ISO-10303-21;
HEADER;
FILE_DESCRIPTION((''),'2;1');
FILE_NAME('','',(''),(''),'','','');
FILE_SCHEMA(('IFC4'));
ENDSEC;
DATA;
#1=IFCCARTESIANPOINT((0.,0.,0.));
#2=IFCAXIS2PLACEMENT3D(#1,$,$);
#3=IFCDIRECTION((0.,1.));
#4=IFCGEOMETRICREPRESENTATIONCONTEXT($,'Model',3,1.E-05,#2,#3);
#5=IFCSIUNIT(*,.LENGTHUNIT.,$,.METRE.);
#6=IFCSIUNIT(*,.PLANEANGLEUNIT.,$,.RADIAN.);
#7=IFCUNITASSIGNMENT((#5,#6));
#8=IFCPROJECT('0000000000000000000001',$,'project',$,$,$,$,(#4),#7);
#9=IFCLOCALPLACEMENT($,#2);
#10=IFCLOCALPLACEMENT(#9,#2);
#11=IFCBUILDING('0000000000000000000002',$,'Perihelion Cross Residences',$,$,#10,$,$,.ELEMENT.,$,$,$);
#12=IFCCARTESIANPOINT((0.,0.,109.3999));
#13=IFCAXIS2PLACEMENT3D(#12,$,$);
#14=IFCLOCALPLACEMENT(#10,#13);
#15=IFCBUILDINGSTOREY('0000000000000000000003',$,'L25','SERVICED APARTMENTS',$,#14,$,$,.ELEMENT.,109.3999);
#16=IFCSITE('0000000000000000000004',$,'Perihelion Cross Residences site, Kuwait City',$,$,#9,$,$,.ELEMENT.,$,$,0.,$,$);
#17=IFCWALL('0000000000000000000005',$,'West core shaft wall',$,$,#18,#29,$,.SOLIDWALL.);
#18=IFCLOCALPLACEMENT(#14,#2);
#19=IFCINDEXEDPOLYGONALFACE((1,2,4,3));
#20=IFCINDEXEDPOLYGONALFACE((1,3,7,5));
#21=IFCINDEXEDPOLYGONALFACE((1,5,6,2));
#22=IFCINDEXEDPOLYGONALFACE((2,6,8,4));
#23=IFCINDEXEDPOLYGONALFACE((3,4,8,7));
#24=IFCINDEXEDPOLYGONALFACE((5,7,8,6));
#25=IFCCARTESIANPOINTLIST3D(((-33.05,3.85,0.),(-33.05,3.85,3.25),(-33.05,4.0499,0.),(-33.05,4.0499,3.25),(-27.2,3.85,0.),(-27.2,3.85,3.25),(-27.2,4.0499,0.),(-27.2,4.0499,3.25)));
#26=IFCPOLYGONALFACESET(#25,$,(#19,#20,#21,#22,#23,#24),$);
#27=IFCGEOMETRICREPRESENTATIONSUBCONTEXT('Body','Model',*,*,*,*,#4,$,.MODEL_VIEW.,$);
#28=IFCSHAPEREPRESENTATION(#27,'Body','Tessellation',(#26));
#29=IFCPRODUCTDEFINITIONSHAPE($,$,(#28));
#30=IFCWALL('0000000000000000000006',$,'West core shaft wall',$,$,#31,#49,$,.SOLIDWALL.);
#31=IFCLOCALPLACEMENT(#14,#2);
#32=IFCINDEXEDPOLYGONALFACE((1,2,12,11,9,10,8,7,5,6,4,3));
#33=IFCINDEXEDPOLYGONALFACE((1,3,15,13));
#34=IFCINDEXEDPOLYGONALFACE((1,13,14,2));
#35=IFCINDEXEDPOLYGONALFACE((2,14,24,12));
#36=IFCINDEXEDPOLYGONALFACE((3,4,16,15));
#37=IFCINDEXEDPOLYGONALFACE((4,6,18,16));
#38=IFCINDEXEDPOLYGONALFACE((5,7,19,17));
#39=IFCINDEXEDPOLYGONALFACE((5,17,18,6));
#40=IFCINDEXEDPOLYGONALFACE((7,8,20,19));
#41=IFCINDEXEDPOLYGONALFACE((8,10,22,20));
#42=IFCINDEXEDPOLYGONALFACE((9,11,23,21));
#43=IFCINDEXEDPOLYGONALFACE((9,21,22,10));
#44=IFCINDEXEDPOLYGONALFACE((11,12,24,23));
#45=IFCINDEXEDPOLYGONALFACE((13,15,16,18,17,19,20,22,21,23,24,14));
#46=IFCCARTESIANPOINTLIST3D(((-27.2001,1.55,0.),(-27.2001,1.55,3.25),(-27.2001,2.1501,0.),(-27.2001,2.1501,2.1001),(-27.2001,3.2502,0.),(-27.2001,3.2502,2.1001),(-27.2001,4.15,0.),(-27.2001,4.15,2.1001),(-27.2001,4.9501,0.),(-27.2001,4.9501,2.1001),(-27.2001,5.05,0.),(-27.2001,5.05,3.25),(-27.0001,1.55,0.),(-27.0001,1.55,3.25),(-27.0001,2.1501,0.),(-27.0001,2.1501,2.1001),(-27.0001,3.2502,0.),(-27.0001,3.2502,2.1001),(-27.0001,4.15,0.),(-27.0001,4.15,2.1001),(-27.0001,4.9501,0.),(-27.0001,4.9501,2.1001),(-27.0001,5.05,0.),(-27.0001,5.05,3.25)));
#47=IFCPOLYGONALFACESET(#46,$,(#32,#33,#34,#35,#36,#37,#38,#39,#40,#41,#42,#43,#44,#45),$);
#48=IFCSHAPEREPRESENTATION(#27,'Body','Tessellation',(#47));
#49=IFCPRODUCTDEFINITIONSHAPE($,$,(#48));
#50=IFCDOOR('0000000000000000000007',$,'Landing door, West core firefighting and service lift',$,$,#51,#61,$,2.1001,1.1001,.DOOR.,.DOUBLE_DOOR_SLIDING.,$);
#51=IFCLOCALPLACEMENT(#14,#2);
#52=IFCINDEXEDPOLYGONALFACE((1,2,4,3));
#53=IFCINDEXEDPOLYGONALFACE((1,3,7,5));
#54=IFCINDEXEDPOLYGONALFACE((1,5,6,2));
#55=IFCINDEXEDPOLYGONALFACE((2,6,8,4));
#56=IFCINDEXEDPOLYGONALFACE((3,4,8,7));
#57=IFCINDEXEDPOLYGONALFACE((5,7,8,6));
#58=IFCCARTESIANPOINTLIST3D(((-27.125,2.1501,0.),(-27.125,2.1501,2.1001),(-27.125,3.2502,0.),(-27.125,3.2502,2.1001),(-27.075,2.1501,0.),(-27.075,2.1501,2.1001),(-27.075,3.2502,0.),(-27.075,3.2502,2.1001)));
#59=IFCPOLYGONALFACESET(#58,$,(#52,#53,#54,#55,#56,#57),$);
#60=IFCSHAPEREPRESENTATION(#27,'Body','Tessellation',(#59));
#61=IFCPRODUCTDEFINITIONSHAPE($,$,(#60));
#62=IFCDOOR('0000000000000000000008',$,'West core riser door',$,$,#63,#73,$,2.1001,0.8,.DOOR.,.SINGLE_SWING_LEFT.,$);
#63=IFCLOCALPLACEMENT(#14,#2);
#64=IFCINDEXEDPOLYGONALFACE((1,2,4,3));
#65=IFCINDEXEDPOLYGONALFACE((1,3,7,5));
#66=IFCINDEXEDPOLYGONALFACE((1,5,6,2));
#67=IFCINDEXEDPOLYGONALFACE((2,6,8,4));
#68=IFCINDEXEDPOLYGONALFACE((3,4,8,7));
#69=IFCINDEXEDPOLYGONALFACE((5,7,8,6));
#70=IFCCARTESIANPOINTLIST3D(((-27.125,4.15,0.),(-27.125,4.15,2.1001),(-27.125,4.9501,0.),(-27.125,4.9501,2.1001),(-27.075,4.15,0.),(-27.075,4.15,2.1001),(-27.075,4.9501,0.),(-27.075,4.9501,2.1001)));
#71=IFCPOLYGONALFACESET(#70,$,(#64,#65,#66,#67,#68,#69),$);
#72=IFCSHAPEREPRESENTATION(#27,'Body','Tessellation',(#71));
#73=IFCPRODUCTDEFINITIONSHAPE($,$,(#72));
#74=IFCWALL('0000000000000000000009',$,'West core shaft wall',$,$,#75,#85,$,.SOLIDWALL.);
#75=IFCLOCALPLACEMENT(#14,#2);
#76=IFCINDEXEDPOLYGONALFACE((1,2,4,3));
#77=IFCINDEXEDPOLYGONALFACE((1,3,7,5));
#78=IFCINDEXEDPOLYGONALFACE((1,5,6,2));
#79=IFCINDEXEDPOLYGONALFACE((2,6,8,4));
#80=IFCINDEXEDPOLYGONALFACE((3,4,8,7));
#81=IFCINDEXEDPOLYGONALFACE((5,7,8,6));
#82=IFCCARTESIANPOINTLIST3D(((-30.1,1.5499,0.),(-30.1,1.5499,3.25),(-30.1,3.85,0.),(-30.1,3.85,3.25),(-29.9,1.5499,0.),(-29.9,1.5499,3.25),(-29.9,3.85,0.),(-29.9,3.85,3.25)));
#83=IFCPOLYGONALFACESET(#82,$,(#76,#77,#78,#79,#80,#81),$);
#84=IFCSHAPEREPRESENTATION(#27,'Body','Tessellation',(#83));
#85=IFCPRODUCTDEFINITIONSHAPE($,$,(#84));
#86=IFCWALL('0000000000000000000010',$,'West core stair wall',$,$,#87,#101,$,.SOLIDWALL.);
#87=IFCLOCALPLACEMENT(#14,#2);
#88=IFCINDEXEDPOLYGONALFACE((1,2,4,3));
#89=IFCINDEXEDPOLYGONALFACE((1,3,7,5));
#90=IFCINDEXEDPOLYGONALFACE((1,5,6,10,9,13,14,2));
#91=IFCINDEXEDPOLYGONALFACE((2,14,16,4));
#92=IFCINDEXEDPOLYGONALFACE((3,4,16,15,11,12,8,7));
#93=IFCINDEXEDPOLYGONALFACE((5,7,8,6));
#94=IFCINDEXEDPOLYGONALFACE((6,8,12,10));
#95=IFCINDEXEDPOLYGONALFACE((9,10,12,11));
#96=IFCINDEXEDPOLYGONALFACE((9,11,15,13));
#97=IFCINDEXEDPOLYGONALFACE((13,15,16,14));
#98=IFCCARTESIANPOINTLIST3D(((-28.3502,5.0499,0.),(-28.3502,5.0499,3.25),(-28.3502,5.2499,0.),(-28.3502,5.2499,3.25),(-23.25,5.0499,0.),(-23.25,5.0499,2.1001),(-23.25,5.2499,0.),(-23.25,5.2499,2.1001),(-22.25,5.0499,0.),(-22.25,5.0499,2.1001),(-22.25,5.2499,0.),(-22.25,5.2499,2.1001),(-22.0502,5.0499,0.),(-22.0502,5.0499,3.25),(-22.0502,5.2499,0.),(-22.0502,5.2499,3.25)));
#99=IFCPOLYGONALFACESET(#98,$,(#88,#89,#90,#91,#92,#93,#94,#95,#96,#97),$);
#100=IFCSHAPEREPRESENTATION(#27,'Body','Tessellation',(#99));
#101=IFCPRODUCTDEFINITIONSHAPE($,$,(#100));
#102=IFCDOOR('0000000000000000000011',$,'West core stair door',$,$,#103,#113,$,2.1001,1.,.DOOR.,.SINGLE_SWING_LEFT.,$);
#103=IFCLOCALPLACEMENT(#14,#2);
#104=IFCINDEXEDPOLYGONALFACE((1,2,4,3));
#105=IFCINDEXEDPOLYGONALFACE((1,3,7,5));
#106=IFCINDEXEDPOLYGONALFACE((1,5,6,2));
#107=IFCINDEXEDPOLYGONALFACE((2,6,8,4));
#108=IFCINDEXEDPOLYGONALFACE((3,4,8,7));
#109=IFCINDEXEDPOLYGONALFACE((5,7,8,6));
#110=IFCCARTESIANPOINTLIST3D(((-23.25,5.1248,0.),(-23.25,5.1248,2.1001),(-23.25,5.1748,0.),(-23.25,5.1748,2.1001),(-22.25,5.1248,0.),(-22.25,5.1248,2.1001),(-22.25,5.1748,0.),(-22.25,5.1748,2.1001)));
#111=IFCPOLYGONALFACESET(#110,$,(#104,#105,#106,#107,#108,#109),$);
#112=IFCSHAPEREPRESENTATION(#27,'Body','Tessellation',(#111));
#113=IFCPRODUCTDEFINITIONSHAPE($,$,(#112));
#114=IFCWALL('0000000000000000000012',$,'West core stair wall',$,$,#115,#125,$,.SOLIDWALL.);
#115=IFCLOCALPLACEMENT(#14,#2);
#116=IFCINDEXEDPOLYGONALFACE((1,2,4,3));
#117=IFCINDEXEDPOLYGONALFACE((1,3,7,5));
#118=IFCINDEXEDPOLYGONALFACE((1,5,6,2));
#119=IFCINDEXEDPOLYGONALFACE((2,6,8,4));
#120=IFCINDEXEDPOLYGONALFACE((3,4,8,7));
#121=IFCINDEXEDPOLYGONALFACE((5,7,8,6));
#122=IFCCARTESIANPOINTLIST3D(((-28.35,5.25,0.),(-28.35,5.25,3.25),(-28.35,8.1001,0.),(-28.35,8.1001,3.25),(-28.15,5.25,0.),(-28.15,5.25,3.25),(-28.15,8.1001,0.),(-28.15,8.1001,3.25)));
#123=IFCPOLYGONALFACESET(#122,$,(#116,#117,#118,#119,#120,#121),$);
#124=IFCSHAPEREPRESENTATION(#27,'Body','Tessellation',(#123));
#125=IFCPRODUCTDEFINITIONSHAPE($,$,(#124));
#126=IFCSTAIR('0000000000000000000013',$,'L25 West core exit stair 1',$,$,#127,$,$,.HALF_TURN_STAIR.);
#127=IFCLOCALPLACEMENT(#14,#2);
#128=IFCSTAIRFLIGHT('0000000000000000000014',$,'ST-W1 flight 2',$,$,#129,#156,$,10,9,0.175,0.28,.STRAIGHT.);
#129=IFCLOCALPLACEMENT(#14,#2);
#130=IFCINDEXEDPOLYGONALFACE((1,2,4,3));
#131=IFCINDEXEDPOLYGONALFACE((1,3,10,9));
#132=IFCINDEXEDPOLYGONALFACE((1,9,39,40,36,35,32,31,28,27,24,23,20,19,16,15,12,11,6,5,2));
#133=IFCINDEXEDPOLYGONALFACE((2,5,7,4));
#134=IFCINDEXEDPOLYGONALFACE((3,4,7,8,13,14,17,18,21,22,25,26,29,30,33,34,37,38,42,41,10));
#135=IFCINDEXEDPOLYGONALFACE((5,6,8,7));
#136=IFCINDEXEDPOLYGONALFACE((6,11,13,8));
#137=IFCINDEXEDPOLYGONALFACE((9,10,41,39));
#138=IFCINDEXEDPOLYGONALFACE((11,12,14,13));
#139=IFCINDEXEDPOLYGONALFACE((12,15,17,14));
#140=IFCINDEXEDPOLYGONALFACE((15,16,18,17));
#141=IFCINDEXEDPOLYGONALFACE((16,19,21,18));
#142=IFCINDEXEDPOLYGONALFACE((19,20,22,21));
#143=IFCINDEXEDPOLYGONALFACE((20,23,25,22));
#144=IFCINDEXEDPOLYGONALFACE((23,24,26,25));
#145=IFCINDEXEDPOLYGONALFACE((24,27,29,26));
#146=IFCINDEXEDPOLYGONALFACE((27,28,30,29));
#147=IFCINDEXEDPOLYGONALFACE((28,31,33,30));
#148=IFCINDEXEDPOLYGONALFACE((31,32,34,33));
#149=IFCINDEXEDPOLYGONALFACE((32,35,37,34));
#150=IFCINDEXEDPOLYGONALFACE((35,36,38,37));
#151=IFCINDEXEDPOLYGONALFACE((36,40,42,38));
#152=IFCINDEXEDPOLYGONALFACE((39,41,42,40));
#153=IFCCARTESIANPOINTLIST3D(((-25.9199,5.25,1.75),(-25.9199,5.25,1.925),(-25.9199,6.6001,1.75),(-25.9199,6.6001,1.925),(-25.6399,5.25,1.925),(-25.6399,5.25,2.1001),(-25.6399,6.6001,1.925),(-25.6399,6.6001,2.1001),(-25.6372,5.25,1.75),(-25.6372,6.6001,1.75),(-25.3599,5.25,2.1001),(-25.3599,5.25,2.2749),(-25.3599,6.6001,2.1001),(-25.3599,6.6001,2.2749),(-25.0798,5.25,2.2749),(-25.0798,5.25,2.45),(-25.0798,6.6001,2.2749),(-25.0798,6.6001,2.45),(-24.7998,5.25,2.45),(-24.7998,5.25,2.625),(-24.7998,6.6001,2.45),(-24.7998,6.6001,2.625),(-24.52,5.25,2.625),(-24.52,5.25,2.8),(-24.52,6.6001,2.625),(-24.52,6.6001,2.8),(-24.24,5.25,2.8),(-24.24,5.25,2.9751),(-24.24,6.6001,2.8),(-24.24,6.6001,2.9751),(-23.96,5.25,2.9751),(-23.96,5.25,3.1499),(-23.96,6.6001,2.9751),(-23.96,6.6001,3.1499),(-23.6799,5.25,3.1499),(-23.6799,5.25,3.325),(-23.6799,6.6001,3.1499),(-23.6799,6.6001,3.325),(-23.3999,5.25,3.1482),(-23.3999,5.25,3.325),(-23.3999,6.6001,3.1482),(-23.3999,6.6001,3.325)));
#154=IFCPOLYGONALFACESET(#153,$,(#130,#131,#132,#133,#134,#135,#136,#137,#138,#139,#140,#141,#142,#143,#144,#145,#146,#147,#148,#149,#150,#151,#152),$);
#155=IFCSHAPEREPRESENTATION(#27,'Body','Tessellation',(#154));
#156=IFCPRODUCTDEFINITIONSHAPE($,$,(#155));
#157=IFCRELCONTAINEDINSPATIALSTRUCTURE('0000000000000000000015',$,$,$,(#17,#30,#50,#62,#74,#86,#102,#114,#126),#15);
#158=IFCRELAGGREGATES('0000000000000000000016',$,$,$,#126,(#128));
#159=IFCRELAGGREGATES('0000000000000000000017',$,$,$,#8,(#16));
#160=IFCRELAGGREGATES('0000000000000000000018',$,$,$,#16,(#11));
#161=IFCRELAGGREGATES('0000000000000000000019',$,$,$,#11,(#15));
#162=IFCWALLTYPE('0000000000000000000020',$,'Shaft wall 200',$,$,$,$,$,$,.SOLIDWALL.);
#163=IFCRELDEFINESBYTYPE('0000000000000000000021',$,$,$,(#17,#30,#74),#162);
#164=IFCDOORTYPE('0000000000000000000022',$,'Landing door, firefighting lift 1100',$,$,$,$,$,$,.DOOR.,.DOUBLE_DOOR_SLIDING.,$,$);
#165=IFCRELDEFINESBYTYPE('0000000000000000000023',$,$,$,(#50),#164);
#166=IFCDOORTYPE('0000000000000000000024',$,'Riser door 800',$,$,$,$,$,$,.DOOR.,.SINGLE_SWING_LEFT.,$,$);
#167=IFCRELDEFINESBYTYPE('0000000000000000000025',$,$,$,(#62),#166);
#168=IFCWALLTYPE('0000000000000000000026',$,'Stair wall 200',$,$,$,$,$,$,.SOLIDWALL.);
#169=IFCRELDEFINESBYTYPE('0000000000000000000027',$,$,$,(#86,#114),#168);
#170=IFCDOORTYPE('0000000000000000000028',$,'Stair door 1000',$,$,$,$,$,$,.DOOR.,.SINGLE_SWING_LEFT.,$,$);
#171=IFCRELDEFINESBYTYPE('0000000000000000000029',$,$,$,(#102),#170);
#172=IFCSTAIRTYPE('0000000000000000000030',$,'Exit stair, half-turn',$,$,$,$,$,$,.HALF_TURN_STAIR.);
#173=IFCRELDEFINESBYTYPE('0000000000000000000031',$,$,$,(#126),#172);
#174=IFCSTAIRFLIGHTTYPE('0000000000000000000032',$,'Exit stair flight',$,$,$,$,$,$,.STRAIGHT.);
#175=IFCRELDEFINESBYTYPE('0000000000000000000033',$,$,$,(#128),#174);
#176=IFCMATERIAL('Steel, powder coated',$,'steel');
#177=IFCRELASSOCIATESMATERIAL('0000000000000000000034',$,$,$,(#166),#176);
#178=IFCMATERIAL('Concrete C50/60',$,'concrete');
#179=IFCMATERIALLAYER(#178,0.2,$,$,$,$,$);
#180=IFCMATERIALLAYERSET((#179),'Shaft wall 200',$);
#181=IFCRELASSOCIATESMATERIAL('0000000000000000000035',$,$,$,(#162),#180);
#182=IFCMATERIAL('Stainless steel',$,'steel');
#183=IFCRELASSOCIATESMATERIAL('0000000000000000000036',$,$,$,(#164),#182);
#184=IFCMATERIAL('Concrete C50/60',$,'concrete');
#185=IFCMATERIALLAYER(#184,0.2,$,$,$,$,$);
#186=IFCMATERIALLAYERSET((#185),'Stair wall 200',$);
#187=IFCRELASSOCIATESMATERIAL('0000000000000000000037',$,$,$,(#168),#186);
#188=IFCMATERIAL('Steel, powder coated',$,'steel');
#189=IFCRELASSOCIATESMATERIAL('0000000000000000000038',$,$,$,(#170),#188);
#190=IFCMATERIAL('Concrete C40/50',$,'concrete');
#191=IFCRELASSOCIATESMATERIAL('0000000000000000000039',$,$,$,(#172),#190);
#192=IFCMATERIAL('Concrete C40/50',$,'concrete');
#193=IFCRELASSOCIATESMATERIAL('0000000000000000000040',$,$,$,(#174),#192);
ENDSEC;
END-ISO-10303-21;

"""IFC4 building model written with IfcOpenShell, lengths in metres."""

from ifc_helpers import new_model, si_unit, direction, frame, frame_2d, origin, place, context, subcontext, project, spatial, polyline, rectangle, outline, extrude, material, layer, layer_set, type_object, element, fill, aggregate, save


model = new_model("IFC4")

# Units and contexts
model_context = context("Model", 3, precision=1e-05, world=origin(), true_north=direction((0.0, 1.0)))
body_context = subcontext(model_context, "Body", "Model", "MODEL_VIEW")
ifc_project = project(units=[si_unit("LENGTHUNIT", "METRE"), si_unit("PLANEANGLEUNIT", "RADIAN")], contexts=[model_context])

# Site, building, storey
site_placement = place(None, origin())
site = spatial("IfcSite", under=ifc_project, at=site_placement, Name="Perihelion Cross Residences site, Kuwait City", CompositionType="ELEMENT", RefElevation=0.0)
building_placement = place(site_placement, origin())
building = spatial("IfcBuilding", under=site, at=building_placement, Name="Perihelion Cross Residences", CompositionType="ELEMENT")
storey_placement = place(building_placement, frame((0.0, 0.0, 109.3999)))
storey = spatial("IfcBuildingStorey", under=building, at=storey_placement, Name="L25", Description="SERVICED APARTMENTS", CompositionType="ELEMENT", Elevation=109.3999)

# Shared definitions
ifc_material_1 = material(Name="Steel, powder coated", Category="steel")
door_type_1 = type_object("IfcDoorType", Name="Riser door 800", OperationType="SINGLE_SWING_LEFT", PredefinedType="DOOR", material=ifc_material_1)

# Shared definitions
ifc_material_2 = material(Name="Concrete C50/60", Category="concrete")
ifc_layer_1 = layer(ifc_material_2, 0.2)
ifc_layer_set_1 = layer_set([ifc_layer_1], Name="Shaft wall 200")
wall_type_1 = type_object("IfcWallType", Name="Shaft wall 200", PredefinedType="SOLIDWALL", material=ifc_layer_set_1)

# Wall
wall_1_placement = place(storey_placement, frame((-33.05, 3.95, 0.0), z_axis=(0.0, 0.0, 1.0), x_axis=(1.0, 0.0, 0.0)))
element("IfcWall", 1, at=wall_1_placement, inside=storey, type_object=wall_type_1, Name="West core shaft wall", PredefinedType="SOLIDWALL", context=body_context, shape_type="SweptSolid", body=[
    extrude(rectangle(XDim=5.8501, YDim=0.2, at=frame_2d((2.925, 0.0))), origin(), (0.0, 0.0, 1.0), 3.25),
])

# Wall, openings, doors
wall_2_placement = place(storey_placement, frame((-27.1001, 1.55, 0.0), z_axis=(0.0, 0.0, 1.0), x_axis=(0.0, 1.0, 0.0)))
wall_2 = element("IfcWall", 2, at=wall_2_placement, inside=storey, type_object=wall_type_1, Name="West core shaft wall", PredefinedType="SOLIDWALL", context=body_context, shape_type="SweptSolid", body=[
    extrude(rectangle(XDim=3.5, YDim=0.2, at=frame_2d((1.75, 0.0))), origin(), (0.0, 0.0, 1.0), 3.25),
])
opening_1_placement = place(wall_2_placement, frame((0.6001, 0.0, 0.0)))
opening_1 = element("IfcOpeningElement", 3, at=opening_1_placement, cuts=wall_2, PredefinedType="OPENING", context=body_context, shape_type="SweptSolid", body=[
    extrude(rectangle(XDim=1.1001, YDim=2.1001, at=frame_2d((0.55, 1.05))), frame((0.0, 0.1099, 0.0), z_axis=(0.0, -1.0, 0.0), x_axis=(1.0, 0.0, 0.0)), (0.0, 0.0, 1.0), 0.22),
])
opening_2_placement = place(wall_2_placement, frame((2.6001, 0.0, 0.0)))
opening_2 = element("IfcOpeningElement", 4, at=opening_2_placement, cuts=wall_2, PredefinedType="OPENING", context=body_context, shape_type="SweptSolid", body=[
    extrude(rectangle(XDim=0.8, YDim=2.1001, at=frame_2d((0.3999, 1.05))), frame((0.0, 0.1099, 0.0), z_axis=(0.0, -1.0, 0.0), x_axis=(1.0, 0.0, 0.0)), (0.0, 0.0, 1.0), 0.22),
])
ifc_material_3 = material(Name="Stainless steel", Category="steel")
door_type_2 = type_object("IfcDoorType", Name="Landing door, firefighting lift 1100", OperationType="DOUBLE_DOOR_SLIDING", PredefinedType="DOOR", material=ifc_material_3)
door_1_placement = place(opening_1_placement, origin())
door_1 = element("IfcDoor", 5, at=door_1_placement, inside=storey, type_object=door_type_2, Name="Landing door, West core firefighting and service lift", OperationType="DOUBLE_DOOR_SLIDING", OverallHeight=2.1001, OverallWidth=1.1001, PredefinedType="DOOR", context=body_context, shape_type="SweptSolid", body=[
    extrude(rectangle(XDim=1.1001, YDim=2.1001, at=frame_2d((0.55, 1.05))), frame((0.0, 0.0249, 0.0), z_axis=(0.0, -1.0, 0.0), x_axis=(1.0, 0.0, 0.0)), (0.0, 0.0, 1.0), 0.05),
])
fill(opening_1, door_1)
door_2_placement = place(opening_2_placement, origin())
door_2 = element("IfcDoor", 6, at=door_2_placement, inside=storey, type_object=door_type_1, Name="West core riser door", OperationType="SINGLE_SWING_LEFT", OverallHeight=2.1001, OverallWidth=0.8, PredefinedType="DOOR", context=body_context, shape_type="SweptSolid", body=[
    extrude(rectangle(XDim=0.8, YDim=2.1001, at=frame_2d((0.3999, 1.05))), frame((0.0, 0.0249, 0.0), z_axis=(0.0, -1.0, 0.0), x_axis=(1.0, 0.0, 0.0)), (0.0, 0.0, 1.0), 0.05),
])
fill(opening_2, door_2)

# Wall
wall_3_placement = place(storey_placement, frame((-30.0, 1.55, 0.0), z_axis=(0.0, 0.0, 1.0), x_axis=(0.0, 1.0, 0.0)))
element("IfcWall", 7, at=wall_3_placement, inside=storey, type_object=wall_type_1, Name="West core shaft wall", PredefinedType="SOLIDWALL", context=body_context, shape_type="SweptSolid", body=[
    extrude(rectangle(XDim=2.3, YDim=0.2, at=frame_2d((1.1499, 0.0))), origin(), (0.0, 0.0, 1.0), 3.25),
])

# Wall, opening, door
ifc_material_4 = material(Name="Concrete C50/60", Category="concrete")
ifc_layer_2 = layer(ifc_material_4, 0.2)
ifc_layer_set_2 = layer_set([ifc_layer_2], Name="Stair wall 200")
wall_type_2 = type_object("IfcWallType", Name="Stair wall 200", PredefinedType="SOLIDWALL", material=ifc_layer_set_2)
wall_4_placement = place(storey_placement, frame((-28.3501, 5.1499, 0.0), z_axis=(0.0, 0.0, 1.0), x_axis=(1.0, 0.0, 0.0)))
wall_4 = element("IfcWall", 8, at=wall_4_placement, inside=storey, type_object=wall_type_2, Name="West core stair wall", PredefinedType="SOLIDWALL", context=body_context, shape_type="SweptSolid", body=[
    extrude(rectangle(XDim=6.3, YDim=0.2, at=frame_2d((3.1499, 0.0))), origin(), (0.0, 0.0, 1.0), 3.25),
])
opening_3_placement = place(wall_4_placement, frame((5.1001, 0.0, 0.0)))
opening_3 = element("IfcOpeningElement", 9, at=opening_3_placement, cuts=wall_4, PredefinedType="OPENING", context=body_context, shape_type="SweptSolid", body=[
    extrude(rectangle(XDim=1.0, YDim=2.1001, at=frame_2d((0.5, 1.05))), frame((0.0, 0.1099, 0.0), z_axis=(0.0, -1.0, 0.0), x_axis=(1.0, 0.0, 0.0)), (0.0, 0.0, 1.0), 0.22),
])
ifc_material_5 = material(Name="Steel, powder coated", Category="steel")
door_type_3 = type_object("IfcDoorType", Name="Stair door 1000", OperationType="SINGLE_SWING_LEFT", PredefinedType="DOOR", material=ifc_material_5)
door_3_placement = place(opening_3_placement, origin())
door_3 = element("IfcDoor", 10, at=door_3_placement, inside=storey, type_object=door_type_3, Name="West core stair door", OperationType="SINGLE_SWING_LEFT", OverallHeight=2.1001, OverallWidth=1.0, PredefinedType="DOOR", context=body_context, shape_type="SweptSolid", body=[
    extrude(rectangle(XDim=1.0, YDim=2.1001, at=frame_2d((0.5, 1.05))), frame((0.0, 0.0249, 0.0), z_axis=(0.0, -1.0, 0.0), x_axis=(1.0, 0.0, 0.0)), (0.0, 0.0, 1.0), 0.05),
])
fill(opening_3, door_3)

# Wall
wall_5_placement = place(storey_placement, frame((-28.25, 5.25, 0.0), z_axis=(0.0, 0.0, 1.0), x_axis=(0.0, 1.0, 0.0)))
element("IfcWall", 11, at=wall_5_placement, inside=storey, type_object=wall_type_2, Name="West core stair wall", PredefinedType="SOLIDWALL", context=body_context, shape_type="SweptSolid", body=[
    extrude(rectangle(XDim=2.8501, YDim=0.2, at=frame_2d((1.425, 0.0))), origin(), (0.0, 0.0, 1.0), 3.25),
])

# Stair, stair flight
ifc_material_6 = material(Name="Concrete C40/50", Category="concrete")
stair_type = type_object("IfcStairType", Name="Exit stair, half-turn", PredefinedType="HALF_TURN_STAIR", material=ifc_material_6)
stair_placement = place(storey_placement, origin())
stair = element("IfcStair", 12, at=stair_placement, inside=storey, type_object=stair_type, Name="L25 West core exit stair 1", PredefinedType="HALF_TURN_STAIR")
ifc_material_7 = material(Name="Concrete C40/50", Category="concrete")
stair_flight_type = type_object("IfcStairFlightType", Name="Exit stair flight", PredefinedType="STRAIGHT", material=ifc_material_7)
stair_flight_placement = place(storey_placement, frame((-25.9199, 5.925, 1.75), z_axis=(0.0, 0.0, 1.0), x_axis=(1.0, 0.0, 0.0)))
stair_flight = element("IfcStairFlight", 13, at=stair_flight_placement, type_object=stair_flight_type, Name="ST-W1 flight 2", NumberOfRisers=10, NumberOfTreads=9, PredefinedType="STRAIGHT", RiserHeight=0.175, TreadLength=0.28, context=body_context, shape_type="SweptSolid", body=[
    extrude(outline(polyline([(0.0, 0.0), (0.0, 0.175), (0.28, 0.175), (0.28, 0.3501), (0.5601, 0.3501), (0.5601, 0.5249), (0.8401, 0.5249), (0.8401, 0.7), (1.1201, 0.7), (1.1201, 0.875), (1.3999, 0.875), (1.3999, 1.05), (1.6799, 1.05), (1.6799, 1.2251), (1.96, 1.2251), (1.96, 1.3999), (2.24, 1.3999), (2.24, 1.575), (2.52, 1.575), (2.52, 1.75), (2.52, 1.3982), (0.2827, 0.0), (0.0, 0.0)])), frame((0.0, 0.675, 0.0), z_axis=(0.0, -1.0, 0.0), x_axis=(1.0, 0.0, 0.0)), (0.0, 0.0, 1.0), 1.3501),
])
aggregate(stair, [stair_flight])

save(model, "model.ifc")
